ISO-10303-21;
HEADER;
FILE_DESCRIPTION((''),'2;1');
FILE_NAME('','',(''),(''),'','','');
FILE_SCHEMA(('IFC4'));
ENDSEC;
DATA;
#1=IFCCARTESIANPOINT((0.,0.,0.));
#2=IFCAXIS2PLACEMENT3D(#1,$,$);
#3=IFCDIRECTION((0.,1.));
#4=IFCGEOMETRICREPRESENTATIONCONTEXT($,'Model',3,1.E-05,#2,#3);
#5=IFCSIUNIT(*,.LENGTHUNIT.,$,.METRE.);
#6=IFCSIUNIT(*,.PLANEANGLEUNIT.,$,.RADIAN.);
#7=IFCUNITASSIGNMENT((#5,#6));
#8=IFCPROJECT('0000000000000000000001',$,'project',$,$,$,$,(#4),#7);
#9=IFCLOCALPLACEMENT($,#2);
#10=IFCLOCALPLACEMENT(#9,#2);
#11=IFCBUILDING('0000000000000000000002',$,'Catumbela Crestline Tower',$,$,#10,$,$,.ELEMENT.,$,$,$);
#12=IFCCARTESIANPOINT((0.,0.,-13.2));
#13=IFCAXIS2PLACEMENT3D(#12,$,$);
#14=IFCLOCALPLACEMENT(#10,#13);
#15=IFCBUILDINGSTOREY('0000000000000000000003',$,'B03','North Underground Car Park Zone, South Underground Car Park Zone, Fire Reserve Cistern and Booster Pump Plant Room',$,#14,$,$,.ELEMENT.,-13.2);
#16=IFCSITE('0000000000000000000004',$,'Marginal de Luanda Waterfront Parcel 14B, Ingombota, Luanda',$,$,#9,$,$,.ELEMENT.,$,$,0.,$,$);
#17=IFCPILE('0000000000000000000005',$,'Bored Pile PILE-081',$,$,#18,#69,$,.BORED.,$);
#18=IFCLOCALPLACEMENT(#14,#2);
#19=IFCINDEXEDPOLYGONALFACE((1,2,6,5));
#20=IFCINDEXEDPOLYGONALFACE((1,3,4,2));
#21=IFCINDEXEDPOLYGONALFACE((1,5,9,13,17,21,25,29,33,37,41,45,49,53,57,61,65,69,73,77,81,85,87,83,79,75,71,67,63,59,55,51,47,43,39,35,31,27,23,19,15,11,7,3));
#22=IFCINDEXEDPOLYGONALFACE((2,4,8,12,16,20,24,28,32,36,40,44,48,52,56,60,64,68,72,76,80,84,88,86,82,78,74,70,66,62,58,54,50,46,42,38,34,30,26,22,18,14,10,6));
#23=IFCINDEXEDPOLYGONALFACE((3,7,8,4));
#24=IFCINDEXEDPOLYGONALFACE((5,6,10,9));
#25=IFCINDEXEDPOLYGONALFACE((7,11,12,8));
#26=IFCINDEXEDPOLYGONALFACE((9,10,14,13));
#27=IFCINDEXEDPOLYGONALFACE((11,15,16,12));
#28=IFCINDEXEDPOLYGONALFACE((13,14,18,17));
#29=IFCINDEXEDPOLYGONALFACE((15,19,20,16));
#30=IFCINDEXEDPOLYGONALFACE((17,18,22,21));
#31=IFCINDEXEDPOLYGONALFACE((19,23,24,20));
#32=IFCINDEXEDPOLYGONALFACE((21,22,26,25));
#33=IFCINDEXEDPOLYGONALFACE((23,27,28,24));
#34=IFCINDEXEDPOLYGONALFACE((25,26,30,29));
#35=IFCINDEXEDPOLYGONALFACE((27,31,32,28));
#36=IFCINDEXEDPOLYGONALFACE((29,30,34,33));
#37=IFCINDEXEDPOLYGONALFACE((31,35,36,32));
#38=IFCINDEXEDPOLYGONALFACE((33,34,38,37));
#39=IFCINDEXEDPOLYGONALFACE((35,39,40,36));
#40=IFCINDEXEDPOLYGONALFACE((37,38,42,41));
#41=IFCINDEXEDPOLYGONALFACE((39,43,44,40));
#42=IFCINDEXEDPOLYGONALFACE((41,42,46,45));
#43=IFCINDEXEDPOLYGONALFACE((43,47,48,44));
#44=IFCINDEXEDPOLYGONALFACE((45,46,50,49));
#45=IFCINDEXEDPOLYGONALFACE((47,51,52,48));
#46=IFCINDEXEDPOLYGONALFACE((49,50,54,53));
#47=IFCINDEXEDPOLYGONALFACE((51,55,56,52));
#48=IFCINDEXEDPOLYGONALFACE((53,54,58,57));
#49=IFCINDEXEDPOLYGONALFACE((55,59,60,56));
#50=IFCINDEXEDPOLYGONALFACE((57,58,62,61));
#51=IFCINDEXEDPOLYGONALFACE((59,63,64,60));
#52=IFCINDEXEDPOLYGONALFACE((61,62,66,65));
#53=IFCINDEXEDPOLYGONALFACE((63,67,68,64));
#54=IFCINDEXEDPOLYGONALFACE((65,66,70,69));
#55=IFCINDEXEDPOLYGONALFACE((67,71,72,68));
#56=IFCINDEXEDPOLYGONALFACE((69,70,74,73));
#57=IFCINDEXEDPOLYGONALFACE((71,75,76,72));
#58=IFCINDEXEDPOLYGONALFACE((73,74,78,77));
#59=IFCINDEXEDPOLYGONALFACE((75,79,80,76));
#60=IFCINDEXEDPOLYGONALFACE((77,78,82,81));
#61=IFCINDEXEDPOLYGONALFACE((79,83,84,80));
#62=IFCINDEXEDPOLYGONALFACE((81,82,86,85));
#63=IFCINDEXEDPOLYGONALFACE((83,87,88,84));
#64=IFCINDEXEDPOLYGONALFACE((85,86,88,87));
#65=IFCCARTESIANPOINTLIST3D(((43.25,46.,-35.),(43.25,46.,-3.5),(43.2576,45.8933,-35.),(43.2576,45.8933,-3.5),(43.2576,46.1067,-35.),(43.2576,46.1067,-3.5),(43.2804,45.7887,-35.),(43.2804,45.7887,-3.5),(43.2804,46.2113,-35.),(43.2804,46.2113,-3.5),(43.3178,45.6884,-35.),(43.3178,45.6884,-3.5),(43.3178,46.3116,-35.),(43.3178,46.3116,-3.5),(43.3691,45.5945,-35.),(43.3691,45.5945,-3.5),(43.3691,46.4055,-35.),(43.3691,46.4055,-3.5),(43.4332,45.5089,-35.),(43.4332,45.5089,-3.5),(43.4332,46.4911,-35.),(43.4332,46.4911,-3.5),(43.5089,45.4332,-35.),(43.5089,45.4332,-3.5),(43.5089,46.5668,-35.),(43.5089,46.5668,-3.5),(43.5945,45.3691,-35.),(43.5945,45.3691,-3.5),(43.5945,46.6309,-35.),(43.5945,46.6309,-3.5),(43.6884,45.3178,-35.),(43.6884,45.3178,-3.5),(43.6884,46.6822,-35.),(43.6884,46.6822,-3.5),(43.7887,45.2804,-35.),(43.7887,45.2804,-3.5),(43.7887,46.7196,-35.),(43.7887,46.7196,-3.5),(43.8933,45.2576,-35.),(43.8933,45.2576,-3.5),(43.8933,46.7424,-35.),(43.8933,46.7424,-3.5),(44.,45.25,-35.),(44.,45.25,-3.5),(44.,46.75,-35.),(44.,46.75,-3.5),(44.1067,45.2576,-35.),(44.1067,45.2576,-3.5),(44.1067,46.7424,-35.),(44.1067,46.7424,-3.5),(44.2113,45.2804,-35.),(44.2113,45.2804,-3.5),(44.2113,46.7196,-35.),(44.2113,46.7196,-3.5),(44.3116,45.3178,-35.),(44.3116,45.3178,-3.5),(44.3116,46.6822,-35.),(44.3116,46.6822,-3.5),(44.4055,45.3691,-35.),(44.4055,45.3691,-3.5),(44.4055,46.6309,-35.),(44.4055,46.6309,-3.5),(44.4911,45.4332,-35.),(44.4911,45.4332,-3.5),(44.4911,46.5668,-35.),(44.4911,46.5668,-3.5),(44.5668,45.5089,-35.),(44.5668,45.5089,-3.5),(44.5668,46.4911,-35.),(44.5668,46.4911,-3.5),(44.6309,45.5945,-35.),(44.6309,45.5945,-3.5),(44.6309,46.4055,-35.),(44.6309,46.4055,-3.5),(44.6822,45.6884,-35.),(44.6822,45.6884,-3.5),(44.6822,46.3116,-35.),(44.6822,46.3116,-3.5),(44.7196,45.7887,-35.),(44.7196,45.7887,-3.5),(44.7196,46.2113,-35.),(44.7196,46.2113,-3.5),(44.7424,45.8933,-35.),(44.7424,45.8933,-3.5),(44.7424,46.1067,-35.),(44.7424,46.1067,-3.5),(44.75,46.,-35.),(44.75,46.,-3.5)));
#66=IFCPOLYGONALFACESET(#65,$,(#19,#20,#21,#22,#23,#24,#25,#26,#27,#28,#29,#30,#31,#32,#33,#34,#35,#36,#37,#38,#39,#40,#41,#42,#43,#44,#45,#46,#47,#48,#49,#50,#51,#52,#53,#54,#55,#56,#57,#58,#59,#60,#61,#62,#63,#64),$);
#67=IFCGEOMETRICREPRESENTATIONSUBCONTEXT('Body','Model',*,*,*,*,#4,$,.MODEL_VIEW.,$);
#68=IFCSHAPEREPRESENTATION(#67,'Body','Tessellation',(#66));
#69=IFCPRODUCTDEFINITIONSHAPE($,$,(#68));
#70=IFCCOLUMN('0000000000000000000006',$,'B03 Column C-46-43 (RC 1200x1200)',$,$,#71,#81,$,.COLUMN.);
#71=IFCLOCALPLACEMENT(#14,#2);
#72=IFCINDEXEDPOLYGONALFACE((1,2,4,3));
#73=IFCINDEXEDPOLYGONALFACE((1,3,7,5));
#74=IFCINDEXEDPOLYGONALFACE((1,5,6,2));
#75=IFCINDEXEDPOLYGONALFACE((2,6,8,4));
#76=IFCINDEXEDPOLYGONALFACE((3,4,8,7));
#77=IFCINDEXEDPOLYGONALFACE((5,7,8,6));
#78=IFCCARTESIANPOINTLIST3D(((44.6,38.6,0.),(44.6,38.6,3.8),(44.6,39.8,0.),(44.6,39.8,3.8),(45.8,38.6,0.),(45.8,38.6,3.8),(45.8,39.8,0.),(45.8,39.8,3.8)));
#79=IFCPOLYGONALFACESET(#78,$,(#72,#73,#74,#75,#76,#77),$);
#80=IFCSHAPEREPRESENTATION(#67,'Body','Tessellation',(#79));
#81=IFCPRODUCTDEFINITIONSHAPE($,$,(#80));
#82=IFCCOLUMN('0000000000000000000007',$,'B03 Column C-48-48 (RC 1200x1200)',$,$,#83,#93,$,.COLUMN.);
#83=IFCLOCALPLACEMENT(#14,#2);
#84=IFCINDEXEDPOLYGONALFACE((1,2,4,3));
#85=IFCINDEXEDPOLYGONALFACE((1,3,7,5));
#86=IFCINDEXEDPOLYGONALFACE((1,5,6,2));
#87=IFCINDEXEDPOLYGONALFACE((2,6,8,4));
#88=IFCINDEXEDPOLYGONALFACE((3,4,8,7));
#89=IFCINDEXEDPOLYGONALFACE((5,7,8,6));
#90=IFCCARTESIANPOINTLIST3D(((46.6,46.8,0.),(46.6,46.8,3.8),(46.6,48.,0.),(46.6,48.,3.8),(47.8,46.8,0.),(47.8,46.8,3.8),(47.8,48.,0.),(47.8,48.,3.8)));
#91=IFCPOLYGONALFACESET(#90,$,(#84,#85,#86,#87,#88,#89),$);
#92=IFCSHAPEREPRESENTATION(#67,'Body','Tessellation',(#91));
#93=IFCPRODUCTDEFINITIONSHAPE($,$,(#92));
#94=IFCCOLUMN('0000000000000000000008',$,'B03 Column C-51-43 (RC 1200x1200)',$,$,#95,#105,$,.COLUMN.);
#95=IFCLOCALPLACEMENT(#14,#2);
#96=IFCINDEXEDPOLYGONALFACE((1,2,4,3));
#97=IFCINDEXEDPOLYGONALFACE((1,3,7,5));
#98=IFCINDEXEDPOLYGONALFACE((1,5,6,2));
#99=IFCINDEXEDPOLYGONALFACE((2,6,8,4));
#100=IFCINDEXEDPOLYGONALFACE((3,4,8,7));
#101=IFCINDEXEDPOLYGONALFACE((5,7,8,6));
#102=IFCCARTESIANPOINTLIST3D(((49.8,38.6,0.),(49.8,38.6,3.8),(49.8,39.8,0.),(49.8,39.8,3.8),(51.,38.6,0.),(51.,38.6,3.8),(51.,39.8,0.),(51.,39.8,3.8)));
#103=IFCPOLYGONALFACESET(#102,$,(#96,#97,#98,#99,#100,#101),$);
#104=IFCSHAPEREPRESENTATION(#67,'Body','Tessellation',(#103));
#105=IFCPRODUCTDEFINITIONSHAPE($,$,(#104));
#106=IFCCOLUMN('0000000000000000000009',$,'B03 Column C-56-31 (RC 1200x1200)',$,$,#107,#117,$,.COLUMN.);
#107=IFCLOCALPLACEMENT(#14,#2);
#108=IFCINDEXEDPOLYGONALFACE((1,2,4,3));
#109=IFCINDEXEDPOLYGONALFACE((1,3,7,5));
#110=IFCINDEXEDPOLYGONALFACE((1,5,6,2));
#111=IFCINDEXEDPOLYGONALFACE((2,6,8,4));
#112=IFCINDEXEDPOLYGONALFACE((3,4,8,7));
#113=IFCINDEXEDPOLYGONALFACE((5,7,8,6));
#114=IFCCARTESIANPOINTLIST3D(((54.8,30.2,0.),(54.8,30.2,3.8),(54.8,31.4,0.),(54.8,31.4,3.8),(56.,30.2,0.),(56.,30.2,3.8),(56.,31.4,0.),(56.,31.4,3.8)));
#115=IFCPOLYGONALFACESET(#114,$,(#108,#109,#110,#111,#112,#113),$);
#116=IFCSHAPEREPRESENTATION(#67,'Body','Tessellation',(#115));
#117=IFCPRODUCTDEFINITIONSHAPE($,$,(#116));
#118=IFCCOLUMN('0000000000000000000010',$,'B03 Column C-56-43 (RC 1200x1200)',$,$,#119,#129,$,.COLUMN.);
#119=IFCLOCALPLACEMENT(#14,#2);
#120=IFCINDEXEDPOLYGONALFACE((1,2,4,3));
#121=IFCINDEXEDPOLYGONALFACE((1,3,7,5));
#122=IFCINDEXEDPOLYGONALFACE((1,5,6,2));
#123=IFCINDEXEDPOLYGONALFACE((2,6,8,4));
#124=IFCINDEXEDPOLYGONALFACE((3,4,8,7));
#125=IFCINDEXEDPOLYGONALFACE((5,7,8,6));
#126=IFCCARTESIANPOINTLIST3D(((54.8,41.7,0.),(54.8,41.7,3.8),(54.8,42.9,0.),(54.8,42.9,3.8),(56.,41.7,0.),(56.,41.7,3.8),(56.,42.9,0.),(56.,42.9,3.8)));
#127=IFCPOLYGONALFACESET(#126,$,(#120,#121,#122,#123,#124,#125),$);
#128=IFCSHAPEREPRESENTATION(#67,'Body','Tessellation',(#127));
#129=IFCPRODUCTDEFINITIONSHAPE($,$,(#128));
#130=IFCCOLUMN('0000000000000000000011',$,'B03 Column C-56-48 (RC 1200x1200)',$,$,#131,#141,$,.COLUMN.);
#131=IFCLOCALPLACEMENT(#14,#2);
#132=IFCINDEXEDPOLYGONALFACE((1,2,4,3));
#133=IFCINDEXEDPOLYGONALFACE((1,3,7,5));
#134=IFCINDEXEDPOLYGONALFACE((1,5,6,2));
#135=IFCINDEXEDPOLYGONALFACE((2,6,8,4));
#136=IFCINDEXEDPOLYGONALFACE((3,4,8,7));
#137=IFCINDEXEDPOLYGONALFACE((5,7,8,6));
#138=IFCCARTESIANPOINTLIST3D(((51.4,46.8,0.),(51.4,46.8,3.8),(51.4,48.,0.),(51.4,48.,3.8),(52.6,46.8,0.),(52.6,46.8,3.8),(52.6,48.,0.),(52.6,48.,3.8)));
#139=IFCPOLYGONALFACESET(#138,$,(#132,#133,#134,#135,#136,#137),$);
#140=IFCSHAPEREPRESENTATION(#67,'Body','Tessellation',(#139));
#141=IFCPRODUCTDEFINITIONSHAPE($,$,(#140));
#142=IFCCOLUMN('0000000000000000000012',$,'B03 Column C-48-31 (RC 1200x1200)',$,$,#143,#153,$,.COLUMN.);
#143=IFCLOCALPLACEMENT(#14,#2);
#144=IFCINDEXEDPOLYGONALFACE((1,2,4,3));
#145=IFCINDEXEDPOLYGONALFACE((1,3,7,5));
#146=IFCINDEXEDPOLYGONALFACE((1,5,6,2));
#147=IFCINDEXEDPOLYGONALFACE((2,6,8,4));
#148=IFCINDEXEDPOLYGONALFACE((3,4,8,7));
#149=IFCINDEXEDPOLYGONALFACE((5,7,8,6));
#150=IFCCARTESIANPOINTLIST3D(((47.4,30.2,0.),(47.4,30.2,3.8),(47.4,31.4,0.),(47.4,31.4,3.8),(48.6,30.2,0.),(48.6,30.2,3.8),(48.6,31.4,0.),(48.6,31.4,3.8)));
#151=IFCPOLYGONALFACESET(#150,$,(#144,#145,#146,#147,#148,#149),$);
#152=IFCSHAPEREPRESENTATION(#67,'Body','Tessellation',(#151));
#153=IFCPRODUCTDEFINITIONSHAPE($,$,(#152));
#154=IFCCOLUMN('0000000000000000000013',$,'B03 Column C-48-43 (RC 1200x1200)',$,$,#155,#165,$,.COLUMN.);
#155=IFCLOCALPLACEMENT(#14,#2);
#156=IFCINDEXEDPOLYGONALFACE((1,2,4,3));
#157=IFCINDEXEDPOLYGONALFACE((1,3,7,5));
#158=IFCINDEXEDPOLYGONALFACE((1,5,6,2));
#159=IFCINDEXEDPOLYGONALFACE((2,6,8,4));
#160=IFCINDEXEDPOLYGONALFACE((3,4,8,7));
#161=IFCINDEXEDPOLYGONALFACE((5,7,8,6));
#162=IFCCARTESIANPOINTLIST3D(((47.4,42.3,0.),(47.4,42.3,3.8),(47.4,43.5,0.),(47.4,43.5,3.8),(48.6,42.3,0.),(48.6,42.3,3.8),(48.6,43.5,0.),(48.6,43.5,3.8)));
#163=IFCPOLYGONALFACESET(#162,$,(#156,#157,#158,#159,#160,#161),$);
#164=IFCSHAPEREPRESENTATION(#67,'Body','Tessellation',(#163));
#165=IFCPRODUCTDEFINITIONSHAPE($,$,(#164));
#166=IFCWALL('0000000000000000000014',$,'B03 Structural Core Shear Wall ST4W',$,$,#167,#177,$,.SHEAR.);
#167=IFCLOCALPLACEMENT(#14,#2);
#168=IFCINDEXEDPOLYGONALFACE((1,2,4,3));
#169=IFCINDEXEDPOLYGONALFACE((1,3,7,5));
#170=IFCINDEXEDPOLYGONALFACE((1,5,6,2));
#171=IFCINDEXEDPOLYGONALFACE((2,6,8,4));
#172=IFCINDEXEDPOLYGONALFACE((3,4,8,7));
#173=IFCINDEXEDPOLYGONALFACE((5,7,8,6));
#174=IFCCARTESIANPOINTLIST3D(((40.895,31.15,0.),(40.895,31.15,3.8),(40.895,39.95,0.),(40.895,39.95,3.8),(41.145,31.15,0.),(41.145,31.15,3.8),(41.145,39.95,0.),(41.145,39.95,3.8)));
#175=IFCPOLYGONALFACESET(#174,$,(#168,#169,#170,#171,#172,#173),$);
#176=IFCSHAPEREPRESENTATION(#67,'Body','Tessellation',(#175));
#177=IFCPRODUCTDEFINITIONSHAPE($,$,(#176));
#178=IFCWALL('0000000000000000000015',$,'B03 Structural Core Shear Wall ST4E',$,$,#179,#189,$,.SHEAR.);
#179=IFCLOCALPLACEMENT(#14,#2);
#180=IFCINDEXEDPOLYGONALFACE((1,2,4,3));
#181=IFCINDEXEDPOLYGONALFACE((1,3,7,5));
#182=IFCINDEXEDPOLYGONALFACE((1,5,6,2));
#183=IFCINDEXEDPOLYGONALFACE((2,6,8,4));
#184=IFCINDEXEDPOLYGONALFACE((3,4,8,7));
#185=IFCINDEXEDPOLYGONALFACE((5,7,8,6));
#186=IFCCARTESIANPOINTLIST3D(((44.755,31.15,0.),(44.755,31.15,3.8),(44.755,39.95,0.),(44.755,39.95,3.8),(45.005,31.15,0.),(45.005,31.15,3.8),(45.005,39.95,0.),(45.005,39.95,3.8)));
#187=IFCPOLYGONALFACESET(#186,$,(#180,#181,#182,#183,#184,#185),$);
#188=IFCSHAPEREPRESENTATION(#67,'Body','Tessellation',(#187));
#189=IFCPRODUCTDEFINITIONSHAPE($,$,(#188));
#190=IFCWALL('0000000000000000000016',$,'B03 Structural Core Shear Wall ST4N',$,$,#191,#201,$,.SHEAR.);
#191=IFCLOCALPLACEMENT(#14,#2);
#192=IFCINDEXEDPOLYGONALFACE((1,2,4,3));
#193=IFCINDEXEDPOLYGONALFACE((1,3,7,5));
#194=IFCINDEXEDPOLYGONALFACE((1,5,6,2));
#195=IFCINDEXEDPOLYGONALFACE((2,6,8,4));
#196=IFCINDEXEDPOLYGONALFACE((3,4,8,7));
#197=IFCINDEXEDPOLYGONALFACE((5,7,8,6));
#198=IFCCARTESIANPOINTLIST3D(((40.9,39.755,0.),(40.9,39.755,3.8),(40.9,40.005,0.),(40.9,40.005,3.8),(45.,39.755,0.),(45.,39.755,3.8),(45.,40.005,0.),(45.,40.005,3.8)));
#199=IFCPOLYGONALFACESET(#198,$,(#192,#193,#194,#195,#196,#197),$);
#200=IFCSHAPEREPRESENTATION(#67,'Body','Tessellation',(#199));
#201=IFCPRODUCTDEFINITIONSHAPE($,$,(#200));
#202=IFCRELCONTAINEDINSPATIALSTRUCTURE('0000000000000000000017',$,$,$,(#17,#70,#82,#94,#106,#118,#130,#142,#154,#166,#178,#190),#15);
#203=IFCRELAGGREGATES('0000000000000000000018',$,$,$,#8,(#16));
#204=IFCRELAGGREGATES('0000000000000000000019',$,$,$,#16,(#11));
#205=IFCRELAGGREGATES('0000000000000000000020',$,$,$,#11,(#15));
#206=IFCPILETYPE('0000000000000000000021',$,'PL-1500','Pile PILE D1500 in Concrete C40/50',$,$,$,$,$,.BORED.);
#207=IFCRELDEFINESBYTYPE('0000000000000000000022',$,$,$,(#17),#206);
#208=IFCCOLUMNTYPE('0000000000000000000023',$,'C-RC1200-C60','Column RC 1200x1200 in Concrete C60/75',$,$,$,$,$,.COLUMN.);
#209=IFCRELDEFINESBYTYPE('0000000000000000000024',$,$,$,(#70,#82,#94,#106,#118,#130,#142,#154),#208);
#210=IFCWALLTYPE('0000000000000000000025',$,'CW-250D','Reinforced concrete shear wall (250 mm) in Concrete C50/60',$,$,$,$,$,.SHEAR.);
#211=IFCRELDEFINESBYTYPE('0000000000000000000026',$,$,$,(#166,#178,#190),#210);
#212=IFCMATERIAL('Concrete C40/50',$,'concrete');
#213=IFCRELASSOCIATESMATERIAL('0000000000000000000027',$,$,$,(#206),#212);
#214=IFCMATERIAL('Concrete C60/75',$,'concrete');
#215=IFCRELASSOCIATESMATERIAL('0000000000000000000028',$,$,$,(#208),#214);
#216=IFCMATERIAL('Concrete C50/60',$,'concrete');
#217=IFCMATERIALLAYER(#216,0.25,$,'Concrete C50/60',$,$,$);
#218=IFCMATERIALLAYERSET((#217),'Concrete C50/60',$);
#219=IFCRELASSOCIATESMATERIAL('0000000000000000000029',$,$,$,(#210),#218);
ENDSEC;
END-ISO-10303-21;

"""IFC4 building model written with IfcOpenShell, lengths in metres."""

from ifc_helpers import new_model, si_unit, direction, frame, frame_2d, origin, origin_2d, place, context, subcontext, project, spatial, rectangle, circle, extrude, material, layer, layer_set, material_profile, profile_set, type_object, element, save


model = new_model("IFC4")

# Units and contexts
model_context = context("Model", 3, precision=1e-05, world=origin(), true_north=direction((0.0, 1.0)))
body_context = subcontext(model_context, "Body", "Model", "MODEL_VIEW")
ifc_project = project(units=[si_unit("LENGTHUNIT", "METRE"), si_unit("PLANEANGLEUNIT", "RADIAN")], contexts=[model_context])

# Site, building, storey
site_placement = place(None, origin())
site = spatial("IfcSite", under=ifc_project, at=site_placement, Name="Marginal de Luanda Waterfront Parcel 14B, Ingombota, Luanda", CompositionType="ELEMENT", RefElevation=0.0)
building_placement = place(site_placement, origin())
building = spatial("IfcBuilding", under=site, at=building_placement, Name="Catumbela Crestline Tower", CompositionType="ELEMENT")
storey_placement = place(building_placement, frame((0.0, 0.0, -13.2)))
storey = spatial("IfcBuildingStorey", under=building, at=storey_placement, Name="B03", Description="North Underground Car Park Zone, South Underground Car Park Zone, Fire Reserve Cistern and Booster Pump Plant Room", CompositionType="ELEMENT", Elevation=-13.2)

# Pile
ifc_material_1 = material(Name="Concrete C40/50", Category="concrete")
ifc_material_profile_1 = material_profile(ifc_material_1, circle(Radius=0.75, at=origin_2d()), Name="PILE D1500")
ifc_profile_set_1 = profile_set([ifc_material_profile_1], Name="Concrete C40/50")
pile_type_1 = type_object("IfcPileType", Name="PL-1500", Description="Pile PILE D1500 in Concrete C40/50", PredefinedType="BORED", material=ifc_profile_set_1)
for number, where, z_axis, x_axis, name in (
    (1, (44.0, 46.0, -3.5), (0.0, 0.0, -1.0), (1.0, 0.0, 0.0), "Bored Pile PILE-081"),
):
    element("IfcPile", number, at=place(storey_placement, frame(where, z_axis=z_axis, x_axis=x_axis)), inside=storey, type_object=pile_type_1, Name=name, PredefinedType="BORED", context=body_context, shape_type="SweptSolid", body=[
        extrude(circle(Radius=0.75, at=origin_2d()), origin(), (0.0, 0.0, 1.0), 31.5),
    ])

# Columns
ifc_material_2 = material(Name="Concrete C60/75", Category="concrete")
ifc_material_profile_2 = material_profile(ifc_material_2, rectangle(XDim=1.2, YDim=1.2, at=origin_2d()), Name="RC 1200x1200")
ifc_profile_set_2 = profile_set([ifc_material_profile_2], Name="Concrete C60/75")
column_type = type_object("IfcColumnType", Name="C-RC1200-C60", Description="Column RC 1200x1200 in Concrete C60/75", PredefinedType="COLUMN", material=ifc_profile_set_2)
for number, where, z_axis, x_axis, name in (
    (2, (45.2, 39.2, 0.0), (0.0, 0.0, 1.0), (1.0, 0.0, 0.0), "B03 Column C-46-43 (RC 1200x1200)"),
    (3, (47.2, 47.4, 0.0), (0.0, 0.0, 1.0), (1.0, 0.0, 0.0), "B03 Column C-48-48 (RC 1200x1200)"),
    (4, (50.4, 39.2, 0.0), (0.0, 0.0, 1.0), (1.0, 0.0, 0.0), "B03 Column C-51-43 (RC 1200x1200)"),
    (5, (55.4, 30.8, 0.0), (0.0, 0.0, 1.0), (1.0, 0.0, 0.0), "B03 Column C-56-31 (RC 1200x1200)"),
    (6, (55.4, 42.3, 0.0), (0.0, 0.0, 1.0), (1.0, 0.0, 0.0), "B03 Column C-56-43 (RC 1200x1200)"),
    (7, (52.0, 47.4, 0.0), (0.0, 0.0, 1.0), (1.0, 0.0, 0.0), "B03 Column C-56-48 (RC 1200x1200)"),
    (8, (48.0, 30.8, 0.0), (0.0, 0.0, 1.0), (1.0, 0.0, 0.0), "B03 Column C-48-31 (RC 1200x1200)"),
    (9, (48.0, 42.9, 0.0), (0.0, 0.0, 1.0), (1.0, 0.0, 0.0), "B03 Column C-48-43 (RC 1200x1200)"),
):
    element("IfcColumn", number, at=place(storey_placement, frame(where, z_axis=z_axis, x_axis=x_axis)), inside=storey, type_object=column_type, Name=name, PredefinedType="COLUMN", context=body_context, shape_type="SweptSolid", body=[
        extrude(rectangle(XDim=1.2, YDim=1.2, at=origin_2d()), origin(), (0.0, 0.0, 1.0), 3.8),
    ])

# Walls
ifc_material_3 = material(Name="Concrete C50/60", Category="concrete")
ifc_layer_1 = layer(ifc_material_3, 0.25, Name="Concrete C50/60")
ifc_layer_set_1 = layer_set([ifc_layer_1], Name="Concrete C50/60")
wall_type_1 = type_object("IfcWallType", Name="CW-250D", Description="Reinforced concrete shear wall (250 mm) in Concrete C50/60", PredefinedType="SHEAR", material=ifc_layer_set_1)
for number, where, z_axis, x_axis, name in (
    (10, (41.02, 31.15, 0.0), (0.0, 0.0, 1.0), (0.0, 1.0, 0.0), "B03 Structural Core Shear Wall ST4W"),
    (11, (44.88, 31.15, 0.0), (0.0, 0.0, 1.0), (0.0, 1.0, 0.0), "B03 Structural Core Shear Wall ST4E"),
):
    element("IfcWall", number, at=place(storey_placement, frame(where, z_axis=z_axis, x_axis=x_axis)), inside=storey, type_object=wall_type_1, Name=name, PredefinedType="SHEAR", context=body_context, shape_type="SweptSolid", body=[
        extrude(rectangle(XDim=8.8, YDim=0.25, at=frame_2d((4.4, 0.0))), origin(), (0.0, 0.0, 1.0), 3.8),
    ])
wall_1_placement = place(storey_placement, frame((40.9, 39.88, 0.0), z_axis=(0.0, 0.0, 1.0), x_axis=(1.0, 0.0, 0.0)))
element("IfcWall", 12, at=wall_1_placement, inside=storey, type_object=wall_type_1, Name="B03 Structural Core Shear Wall ST4N", PredefinedType="SHEAR", context=body_context, shape_type="SweptSolid", body=[
    extrude(rectangle(XDim=4.1, YDim=0.25, at=frame_2d((2.05, 0.0))), origin(), (0.0, 0.0, 1.0), 3.8),
])

save(model, "model.ifc")
